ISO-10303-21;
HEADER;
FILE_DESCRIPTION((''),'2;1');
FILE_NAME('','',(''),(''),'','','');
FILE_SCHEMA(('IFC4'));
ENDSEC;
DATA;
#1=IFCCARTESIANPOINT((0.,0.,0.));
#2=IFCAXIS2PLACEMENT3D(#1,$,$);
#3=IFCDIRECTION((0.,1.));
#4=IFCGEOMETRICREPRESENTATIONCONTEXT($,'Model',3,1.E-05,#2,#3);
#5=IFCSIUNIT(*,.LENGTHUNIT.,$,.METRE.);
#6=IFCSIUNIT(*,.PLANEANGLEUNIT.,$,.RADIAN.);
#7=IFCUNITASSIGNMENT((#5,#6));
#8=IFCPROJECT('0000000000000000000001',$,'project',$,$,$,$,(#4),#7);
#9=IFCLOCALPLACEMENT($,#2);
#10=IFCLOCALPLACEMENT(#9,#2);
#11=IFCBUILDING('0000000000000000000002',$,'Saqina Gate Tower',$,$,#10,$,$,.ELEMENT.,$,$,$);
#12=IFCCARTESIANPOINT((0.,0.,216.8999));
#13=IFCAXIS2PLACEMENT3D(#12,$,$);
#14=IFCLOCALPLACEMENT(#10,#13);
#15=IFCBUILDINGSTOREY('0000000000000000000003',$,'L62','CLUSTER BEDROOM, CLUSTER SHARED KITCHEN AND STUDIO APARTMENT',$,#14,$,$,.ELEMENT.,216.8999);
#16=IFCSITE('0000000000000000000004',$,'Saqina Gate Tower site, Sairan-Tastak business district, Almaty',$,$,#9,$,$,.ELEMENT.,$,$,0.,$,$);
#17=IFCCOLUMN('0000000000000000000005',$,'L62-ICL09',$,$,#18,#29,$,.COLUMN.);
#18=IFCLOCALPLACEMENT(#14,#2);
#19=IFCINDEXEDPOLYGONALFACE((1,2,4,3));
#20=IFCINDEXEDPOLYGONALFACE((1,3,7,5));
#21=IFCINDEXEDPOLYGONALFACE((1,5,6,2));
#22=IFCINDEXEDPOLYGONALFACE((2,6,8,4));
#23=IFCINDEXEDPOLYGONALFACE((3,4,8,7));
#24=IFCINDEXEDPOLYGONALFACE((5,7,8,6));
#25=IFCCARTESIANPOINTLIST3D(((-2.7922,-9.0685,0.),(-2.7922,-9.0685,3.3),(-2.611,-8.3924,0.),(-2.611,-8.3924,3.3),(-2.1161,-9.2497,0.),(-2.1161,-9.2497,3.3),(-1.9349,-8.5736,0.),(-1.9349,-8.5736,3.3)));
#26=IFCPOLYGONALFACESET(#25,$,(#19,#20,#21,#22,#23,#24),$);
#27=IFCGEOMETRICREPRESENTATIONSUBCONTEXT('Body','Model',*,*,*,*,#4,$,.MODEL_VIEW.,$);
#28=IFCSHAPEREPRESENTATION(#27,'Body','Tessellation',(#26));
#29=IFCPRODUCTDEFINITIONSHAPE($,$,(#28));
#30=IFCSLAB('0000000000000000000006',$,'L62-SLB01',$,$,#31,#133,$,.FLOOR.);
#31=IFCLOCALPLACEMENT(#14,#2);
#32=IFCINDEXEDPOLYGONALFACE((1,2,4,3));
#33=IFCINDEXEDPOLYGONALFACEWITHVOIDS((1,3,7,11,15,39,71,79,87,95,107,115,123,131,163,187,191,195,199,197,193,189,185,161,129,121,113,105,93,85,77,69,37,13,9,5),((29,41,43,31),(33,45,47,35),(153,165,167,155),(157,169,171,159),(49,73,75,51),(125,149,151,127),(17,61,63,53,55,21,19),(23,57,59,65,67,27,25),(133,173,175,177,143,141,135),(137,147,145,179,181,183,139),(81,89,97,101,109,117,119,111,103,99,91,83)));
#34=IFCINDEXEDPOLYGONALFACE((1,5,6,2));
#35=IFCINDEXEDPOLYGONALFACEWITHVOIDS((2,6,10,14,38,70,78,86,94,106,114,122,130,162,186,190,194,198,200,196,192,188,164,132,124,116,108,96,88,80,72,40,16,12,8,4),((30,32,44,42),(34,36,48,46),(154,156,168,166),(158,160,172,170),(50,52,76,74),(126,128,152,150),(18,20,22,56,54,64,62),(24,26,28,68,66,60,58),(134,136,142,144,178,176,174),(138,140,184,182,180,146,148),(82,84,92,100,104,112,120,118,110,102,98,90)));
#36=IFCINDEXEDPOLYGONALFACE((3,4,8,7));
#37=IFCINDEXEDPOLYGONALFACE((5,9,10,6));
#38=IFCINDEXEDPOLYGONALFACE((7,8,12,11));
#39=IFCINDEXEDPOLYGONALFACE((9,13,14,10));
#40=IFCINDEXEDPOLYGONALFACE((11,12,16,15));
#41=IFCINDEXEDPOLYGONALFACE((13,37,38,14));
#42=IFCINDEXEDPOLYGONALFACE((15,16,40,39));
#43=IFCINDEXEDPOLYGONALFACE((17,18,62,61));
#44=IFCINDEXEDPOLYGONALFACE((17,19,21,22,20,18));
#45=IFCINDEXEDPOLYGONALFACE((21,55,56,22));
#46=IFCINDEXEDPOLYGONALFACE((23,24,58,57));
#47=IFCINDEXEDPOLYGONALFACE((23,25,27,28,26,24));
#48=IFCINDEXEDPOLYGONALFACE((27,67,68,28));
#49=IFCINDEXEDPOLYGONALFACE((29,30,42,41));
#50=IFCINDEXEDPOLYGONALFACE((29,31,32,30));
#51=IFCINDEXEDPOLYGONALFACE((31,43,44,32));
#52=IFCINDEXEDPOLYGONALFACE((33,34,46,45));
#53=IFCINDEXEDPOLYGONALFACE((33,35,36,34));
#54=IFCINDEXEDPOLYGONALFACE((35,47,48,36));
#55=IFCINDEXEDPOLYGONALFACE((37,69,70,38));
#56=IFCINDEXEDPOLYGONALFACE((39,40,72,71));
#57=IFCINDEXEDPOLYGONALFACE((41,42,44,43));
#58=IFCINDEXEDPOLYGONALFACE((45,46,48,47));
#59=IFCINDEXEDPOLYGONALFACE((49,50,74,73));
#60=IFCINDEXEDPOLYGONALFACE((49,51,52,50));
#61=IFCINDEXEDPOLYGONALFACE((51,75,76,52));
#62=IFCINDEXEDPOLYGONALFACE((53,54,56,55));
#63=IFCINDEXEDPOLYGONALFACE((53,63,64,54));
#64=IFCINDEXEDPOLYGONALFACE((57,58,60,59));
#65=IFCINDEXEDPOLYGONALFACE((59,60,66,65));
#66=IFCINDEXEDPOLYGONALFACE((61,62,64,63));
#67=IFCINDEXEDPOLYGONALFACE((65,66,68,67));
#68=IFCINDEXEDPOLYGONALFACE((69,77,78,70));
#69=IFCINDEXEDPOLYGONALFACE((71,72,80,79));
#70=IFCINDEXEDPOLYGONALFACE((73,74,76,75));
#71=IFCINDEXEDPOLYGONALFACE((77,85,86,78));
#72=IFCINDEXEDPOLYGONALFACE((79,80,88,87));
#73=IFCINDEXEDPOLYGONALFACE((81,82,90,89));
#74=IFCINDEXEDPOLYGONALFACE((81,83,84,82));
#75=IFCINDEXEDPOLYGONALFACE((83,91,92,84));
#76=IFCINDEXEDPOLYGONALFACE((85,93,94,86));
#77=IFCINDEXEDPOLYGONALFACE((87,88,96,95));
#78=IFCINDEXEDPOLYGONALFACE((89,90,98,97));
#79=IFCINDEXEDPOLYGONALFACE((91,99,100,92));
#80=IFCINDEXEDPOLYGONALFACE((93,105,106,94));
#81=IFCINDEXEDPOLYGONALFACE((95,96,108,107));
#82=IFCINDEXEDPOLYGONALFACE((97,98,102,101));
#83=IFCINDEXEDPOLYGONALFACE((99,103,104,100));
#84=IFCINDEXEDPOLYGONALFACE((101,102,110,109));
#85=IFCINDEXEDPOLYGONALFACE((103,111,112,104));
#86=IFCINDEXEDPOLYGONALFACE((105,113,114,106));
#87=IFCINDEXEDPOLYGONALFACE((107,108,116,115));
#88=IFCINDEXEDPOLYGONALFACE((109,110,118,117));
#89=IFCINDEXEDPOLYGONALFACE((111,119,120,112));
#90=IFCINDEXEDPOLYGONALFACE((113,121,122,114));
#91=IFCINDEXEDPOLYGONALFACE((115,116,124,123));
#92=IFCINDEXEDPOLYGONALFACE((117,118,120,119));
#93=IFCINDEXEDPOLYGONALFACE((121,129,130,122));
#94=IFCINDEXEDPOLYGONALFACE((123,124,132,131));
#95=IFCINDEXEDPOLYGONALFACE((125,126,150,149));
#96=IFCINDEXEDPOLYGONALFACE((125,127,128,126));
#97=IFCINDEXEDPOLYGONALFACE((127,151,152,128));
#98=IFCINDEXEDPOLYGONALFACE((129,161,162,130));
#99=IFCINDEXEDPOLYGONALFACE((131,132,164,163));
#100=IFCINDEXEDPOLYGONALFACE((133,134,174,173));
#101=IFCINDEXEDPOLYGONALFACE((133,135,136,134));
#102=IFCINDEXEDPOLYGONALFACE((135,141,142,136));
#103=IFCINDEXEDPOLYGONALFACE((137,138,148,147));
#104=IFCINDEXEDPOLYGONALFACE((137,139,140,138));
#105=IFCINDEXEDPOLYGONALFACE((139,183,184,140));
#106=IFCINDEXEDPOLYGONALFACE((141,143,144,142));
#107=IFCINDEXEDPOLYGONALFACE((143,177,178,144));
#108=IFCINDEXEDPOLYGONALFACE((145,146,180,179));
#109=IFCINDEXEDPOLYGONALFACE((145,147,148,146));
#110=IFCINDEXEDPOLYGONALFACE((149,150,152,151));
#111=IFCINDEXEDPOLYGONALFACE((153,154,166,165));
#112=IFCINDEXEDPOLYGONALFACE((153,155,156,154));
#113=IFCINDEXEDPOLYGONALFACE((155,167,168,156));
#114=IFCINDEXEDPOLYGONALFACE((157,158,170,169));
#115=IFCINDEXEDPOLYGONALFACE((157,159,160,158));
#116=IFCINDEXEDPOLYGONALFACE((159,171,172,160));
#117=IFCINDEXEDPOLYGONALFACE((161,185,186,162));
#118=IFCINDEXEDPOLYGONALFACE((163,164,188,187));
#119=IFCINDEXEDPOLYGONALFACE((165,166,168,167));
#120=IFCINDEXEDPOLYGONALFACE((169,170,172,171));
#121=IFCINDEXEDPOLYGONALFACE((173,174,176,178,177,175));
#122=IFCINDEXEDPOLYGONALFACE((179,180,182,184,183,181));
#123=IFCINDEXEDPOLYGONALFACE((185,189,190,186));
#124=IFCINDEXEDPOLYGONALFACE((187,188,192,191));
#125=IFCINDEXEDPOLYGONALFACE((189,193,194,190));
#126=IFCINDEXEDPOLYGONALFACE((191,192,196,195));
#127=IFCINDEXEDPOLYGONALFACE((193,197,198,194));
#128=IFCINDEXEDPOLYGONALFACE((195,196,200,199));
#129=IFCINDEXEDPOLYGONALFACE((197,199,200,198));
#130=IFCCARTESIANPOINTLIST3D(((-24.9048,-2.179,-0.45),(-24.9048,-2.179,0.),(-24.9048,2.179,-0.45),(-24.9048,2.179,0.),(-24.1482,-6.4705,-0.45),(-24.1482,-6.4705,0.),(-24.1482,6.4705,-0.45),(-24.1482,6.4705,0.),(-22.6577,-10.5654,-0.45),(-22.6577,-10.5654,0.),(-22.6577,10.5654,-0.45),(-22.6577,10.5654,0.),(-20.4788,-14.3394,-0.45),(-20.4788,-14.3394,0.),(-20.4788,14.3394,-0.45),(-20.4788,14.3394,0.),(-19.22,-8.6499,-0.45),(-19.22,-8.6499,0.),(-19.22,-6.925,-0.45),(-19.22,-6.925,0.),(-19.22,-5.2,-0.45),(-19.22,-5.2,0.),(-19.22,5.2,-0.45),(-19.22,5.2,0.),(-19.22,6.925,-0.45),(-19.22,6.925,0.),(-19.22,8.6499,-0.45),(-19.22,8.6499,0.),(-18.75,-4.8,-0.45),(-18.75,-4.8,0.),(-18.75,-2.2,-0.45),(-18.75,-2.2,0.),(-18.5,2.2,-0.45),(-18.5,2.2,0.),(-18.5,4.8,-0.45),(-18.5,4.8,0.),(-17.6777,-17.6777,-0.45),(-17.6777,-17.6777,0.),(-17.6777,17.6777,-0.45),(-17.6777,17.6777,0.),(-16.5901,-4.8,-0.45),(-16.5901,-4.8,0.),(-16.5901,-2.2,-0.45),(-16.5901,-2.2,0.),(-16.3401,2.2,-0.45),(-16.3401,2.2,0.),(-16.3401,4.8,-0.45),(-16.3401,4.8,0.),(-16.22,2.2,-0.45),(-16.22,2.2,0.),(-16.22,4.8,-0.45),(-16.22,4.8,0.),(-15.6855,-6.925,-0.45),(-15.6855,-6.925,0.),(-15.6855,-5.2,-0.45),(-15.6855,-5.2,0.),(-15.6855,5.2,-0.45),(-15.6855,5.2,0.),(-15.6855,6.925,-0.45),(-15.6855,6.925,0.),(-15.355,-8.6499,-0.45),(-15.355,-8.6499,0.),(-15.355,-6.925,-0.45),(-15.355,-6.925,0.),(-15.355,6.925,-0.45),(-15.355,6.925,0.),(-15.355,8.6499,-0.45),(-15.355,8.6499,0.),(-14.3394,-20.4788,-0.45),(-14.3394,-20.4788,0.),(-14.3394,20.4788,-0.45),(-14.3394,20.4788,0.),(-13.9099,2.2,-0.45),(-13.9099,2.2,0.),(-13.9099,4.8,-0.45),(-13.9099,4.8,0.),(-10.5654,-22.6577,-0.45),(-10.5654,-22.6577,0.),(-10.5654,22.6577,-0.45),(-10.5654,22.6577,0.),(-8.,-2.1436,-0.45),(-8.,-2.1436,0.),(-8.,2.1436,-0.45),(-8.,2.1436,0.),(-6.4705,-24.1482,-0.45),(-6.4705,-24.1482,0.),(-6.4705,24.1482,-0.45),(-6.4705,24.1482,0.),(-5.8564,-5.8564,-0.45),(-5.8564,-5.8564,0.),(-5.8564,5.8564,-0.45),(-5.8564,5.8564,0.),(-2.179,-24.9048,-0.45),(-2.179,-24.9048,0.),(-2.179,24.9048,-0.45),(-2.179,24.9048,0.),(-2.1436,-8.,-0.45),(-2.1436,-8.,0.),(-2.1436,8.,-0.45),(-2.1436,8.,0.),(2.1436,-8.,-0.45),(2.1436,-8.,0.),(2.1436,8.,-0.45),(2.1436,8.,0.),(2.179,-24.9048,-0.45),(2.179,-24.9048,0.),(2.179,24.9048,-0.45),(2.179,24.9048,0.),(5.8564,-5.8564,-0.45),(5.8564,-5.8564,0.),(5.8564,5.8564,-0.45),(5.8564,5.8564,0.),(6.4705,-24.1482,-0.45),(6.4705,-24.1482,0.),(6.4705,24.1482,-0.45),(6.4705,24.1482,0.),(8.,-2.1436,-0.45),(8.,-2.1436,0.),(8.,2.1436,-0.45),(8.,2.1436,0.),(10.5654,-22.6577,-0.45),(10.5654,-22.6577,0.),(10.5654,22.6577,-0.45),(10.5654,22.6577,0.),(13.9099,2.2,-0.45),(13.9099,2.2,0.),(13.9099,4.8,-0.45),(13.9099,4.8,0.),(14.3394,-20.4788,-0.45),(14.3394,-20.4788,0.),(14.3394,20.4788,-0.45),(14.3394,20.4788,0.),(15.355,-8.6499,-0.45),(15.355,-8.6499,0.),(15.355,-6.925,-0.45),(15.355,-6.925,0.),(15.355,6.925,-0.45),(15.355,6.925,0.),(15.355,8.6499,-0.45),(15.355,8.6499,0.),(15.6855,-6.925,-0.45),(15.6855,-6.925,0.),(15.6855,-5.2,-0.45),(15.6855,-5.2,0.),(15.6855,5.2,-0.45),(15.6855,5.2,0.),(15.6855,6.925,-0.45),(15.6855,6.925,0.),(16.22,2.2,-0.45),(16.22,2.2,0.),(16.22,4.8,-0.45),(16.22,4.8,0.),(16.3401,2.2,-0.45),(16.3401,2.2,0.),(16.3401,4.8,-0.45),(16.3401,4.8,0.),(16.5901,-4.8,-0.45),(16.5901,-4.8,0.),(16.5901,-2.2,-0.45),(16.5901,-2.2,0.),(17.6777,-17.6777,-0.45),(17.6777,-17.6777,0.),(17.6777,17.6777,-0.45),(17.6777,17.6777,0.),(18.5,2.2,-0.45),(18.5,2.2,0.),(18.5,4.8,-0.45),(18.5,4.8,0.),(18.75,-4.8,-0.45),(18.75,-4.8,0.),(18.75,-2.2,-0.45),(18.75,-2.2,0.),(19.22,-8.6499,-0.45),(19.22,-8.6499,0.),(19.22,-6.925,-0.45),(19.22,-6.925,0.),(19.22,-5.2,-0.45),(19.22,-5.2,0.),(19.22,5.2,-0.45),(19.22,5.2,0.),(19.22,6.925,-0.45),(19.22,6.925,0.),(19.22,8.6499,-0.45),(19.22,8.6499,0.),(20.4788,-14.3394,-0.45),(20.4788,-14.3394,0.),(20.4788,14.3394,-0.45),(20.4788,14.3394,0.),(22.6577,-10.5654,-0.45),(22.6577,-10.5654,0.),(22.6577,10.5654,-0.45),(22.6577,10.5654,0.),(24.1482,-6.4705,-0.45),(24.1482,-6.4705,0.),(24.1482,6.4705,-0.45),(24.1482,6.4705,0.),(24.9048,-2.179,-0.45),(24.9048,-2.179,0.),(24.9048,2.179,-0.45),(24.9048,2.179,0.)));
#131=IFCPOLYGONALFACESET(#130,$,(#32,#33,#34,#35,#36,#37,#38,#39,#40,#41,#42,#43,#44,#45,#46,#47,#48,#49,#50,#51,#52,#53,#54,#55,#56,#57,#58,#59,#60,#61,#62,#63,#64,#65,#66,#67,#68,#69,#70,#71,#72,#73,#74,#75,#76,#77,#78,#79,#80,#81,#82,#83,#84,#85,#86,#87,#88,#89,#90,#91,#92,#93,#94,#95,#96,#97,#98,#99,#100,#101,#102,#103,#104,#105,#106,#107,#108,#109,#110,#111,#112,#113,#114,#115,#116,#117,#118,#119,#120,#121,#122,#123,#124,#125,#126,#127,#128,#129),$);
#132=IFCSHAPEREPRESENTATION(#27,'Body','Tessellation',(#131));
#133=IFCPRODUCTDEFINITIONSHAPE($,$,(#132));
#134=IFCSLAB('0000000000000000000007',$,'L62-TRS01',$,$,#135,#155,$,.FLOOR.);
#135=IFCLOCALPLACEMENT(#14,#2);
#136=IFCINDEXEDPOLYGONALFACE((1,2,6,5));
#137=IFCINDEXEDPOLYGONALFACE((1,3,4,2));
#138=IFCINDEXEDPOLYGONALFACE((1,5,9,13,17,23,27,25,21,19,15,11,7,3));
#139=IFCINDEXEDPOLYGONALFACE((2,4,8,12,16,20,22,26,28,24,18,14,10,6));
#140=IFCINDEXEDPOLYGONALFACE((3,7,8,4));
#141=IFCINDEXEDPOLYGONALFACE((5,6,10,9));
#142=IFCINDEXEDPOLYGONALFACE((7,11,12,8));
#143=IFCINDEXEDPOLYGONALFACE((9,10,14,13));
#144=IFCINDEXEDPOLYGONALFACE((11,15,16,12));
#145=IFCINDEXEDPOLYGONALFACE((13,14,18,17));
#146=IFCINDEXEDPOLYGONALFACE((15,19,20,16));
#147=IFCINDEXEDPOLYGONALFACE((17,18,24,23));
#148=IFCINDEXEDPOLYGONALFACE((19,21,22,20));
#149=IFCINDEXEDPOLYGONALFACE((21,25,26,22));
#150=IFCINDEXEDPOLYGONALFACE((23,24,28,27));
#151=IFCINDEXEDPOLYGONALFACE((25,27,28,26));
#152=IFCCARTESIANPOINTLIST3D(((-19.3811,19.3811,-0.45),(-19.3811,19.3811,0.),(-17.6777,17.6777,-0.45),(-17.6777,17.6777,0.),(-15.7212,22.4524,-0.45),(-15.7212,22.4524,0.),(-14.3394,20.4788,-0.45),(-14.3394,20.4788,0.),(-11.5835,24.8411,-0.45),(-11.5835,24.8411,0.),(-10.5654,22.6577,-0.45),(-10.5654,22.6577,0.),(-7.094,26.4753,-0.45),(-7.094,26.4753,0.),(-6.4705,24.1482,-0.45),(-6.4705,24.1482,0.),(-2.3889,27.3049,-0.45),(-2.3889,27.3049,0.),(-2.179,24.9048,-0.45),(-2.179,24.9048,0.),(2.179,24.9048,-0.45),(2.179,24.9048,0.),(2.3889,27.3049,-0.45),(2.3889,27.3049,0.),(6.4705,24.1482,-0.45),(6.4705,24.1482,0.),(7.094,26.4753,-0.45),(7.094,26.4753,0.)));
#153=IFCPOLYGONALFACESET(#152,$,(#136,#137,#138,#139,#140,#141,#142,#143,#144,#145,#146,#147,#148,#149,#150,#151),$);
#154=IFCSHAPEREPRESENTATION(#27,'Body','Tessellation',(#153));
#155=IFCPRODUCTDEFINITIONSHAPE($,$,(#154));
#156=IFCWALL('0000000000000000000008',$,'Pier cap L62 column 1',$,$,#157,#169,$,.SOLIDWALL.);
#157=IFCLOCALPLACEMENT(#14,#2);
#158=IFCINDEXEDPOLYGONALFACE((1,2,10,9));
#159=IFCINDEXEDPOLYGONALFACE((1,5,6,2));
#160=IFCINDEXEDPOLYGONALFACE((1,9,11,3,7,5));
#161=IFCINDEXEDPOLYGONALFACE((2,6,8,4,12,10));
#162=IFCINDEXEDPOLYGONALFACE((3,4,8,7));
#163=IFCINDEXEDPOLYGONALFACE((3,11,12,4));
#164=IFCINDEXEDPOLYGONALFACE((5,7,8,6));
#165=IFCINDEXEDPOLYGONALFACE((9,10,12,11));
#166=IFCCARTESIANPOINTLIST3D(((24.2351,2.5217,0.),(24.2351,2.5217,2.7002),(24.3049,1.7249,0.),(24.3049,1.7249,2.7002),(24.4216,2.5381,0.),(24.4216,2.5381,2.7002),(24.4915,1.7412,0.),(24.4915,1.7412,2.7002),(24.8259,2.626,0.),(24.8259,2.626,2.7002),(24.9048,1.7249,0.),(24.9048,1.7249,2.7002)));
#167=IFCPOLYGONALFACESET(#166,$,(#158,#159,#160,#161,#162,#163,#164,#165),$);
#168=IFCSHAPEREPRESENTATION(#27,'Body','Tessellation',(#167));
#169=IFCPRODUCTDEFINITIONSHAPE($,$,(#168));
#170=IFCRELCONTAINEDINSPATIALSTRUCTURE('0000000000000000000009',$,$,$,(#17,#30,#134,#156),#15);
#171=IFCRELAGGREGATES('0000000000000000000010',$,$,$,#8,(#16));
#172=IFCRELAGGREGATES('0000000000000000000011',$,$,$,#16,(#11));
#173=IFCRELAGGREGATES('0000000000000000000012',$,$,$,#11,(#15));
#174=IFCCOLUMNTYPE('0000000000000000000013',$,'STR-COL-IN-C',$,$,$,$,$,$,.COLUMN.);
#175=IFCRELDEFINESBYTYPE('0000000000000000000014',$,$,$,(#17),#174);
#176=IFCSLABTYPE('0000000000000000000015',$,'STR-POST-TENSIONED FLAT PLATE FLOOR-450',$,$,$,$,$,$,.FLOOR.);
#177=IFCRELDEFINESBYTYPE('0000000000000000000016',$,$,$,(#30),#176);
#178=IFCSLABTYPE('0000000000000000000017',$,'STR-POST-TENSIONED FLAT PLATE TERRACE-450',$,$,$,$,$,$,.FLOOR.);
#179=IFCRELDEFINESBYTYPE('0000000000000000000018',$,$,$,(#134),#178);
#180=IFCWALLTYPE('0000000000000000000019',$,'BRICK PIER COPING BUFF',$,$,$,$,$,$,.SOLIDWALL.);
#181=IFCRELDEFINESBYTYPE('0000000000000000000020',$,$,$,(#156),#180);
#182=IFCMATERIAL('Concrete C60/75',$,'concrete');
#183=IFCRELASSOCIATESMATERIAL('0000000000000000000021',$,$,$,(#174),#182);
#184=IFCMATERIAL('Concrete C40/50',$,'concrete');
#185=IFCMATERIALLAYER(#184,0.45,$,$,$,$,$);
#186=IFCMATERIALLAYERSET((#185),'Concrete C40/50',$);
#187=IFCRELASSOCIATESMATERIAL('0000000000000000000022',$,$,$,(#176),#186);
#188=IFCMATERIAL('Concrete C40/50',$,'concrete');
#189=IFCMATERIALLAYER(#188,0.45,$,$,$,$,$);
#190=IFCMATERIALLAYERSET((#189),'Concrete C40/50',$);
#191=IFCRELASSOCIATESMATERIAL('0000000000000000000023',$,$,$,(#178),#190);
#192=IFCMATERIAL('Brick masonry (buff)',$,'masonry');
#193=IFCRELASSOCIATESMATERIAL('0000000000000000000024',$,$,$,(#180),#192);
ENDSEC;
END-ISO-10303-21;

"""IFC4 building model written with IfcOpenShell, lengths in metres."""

from ifc_helpers import new_model, si_unit, direction, frame, origin, origin_2d, place, context, subcontext, project, spatial, polyline, rectangle, outline, extrude, material, layer, layer_set, material_profile, profile_set, type_object, element, save


model = new_model("IFC4")

# Units and contexts
model_context = context("Model", 3, precision=1e-05, world=origin(), true_north=direction((0.0, 1.0)))
body_context = subcontext(model_context, "Body", "Model", "MODEL_VIEW")
ifc_project = project(units=[si_unit("LENGTHUNIT", "METRE"), si_unit("PLANEANGLEUNIT", "RADIAN")], contexts=[model_context])

# Site, building, storey
site_placement = place(None, origin())
site = spatial("IfcSite", under=ifc_project, at=site_placement, Name="Saqina Gate Tower site, Sairan-Tastak business district, Almaty", CompositionType="ELEMENT", RefElevation=0.0)
building_placement = place(site_placement, origin())
building = spatial("IfcBuilding", under=site, at=building_placement, Name="Saqina Gate Tower", CompositionType="ELEMENT")
storey_placement = place(building_placement, frame((0.0, 0.0, 216.8999)))
storey = spatial("IfcBuildingStorey", under=building, at=storey_placement, Name="L62", Description="CLUSTER BEDROOM, CLUSTER SHARED KITCHEN AND STUDIO APARTMENT", CompositionType="ELEMENT", Elevation=216.8999)

# Column
ifc_material_1 = material(Name="Concrete C60/75", Category="concrete")
ifc_material_profile = material_profile(ifc_material_1, rectangle(XDim=0.7, YDim=0.7, at=origin_2d()), Name="RC 700x700")
ifc_profile_set = profile_set([ifc_material_profile], Name="Concrete C60/75")
column_type = type_object("IfcColumnType", Name="STR-COL-IN-C", PredefinedType="COLUMN", material=ifc_profile_set)
column_placement = place(storey_placement, frame((-2.3635, -8.821, 0.0), z_axis=(0.0, 0.0, 1.0), x_axis=(-0.258819, -0.965926, 0.0)))
element("IfcColumn", 1, at=column_placement, inside=storey, type_object=column_type, Name="L62-ICL09", PredefinedType="COLUMN", context=body_context, shape_type="SweptSolid", body=[
    extrude(rectangle(XDim=0.7, YDim=0.7, at=origin_2d()), origin(), (0.0, 0.0, 1.0), 3.3),
])

# Slabs
ifc_material_2 = material(Name="Concrete C40/50", Category="concrete")
ifc_layer_1 = layer(ifc_material_2, 0.45)
ifc_layer_set_1 = layer_set([ifc_layer_1], Name="Concrete C40/50")
slab_type_1 = type_object("IfcSlabType", Name="STR-POST-TENSIONED FLAT PLATE FLOOR-450", PredefinedType="FLOOR", material=ifc_layer_set_1)
slab_1_placement = place(storey_placement, frame((0.0, 0.0, -0.45)))
element("IfcSlab", 2, at=slab_1_placement, inside=storey, type_object=slab_type_1, Name="L62-SLB01", PredefinedType="FLOOR", context=body_context, shape_type="SweptSolid", body=[
    extrude(outline(polyline([(24.1482, -6.4705), (24.9048, -2.179), (24.9048, 2.179), (24.1482, 6.4705), (22.6577, 10.5654), (20.4788, 14.3394), (17.6777, 17.6777), (14.3394, 20.4788), (10.5654, 22.6577), (6.4705, 24.1482), (2.179, 24.9048), (-2.179, 24.9048), (-6.4705, 24.1482), (-10.5654, 22.6577), (-14.3394, 20.4788), (-17.6777, 17.6777), (-20.4788, 14.3394), (-22.6577, 10.5654), (-24.1482, 6.4705), (-24.9048, 2.179), (-24.9048, -2.179), (-24.1482, -6.4705), (-22.6577, -10.5654), (-20.4788, -14.3394), (-17.6777, -17.6777), (-14.3394, -20.4788), (-10.5654, -22.6577), (-6.4705, -24.1482), (-2.179, -24.9048), (2.179, -24.9048), (6.4705, -24.1482), (10.5654, -22.6577), (14.3394, -20.4788), (17.6777, -17.6777), (20.4788, -14.3394), (22.6577, -10.5654), (24.1482, -6.4705)]), holes=[polyline([(2.1436, 8.0), (5.8564, 5.8564), (8.0, 2.1436), (8.0, -2.1436), (5.8564, -5.8564), (2.1436, -8.0), (-2.1436, -8.0), (-5.8564, -5.8564), (-8.0, -2.1436), (-8.0, 2.1436), (-5.8564, 5.8564), (-2.1436, 8.0), (2.1436, 8.0)]), polyline([(-15.355, -8.6499), (-19.22, -8.6499), (-19.22, -6.925), (-19.22, -5.2), (-15.6855, -5.2), (-15.6855, -6.925), (-15.355, -6.925), (-15.355, -8.6499)]), polyline([(-16.5901, -2.2), (-16.5901, -4.8), (-18.75, -4.8), (-18.75, -2.2), (-16.5901, -2.2)]), polyline([(-16.3401, 4.8), (-16.3401, 2.2), (-18.5, 2.2), (-18.5, 4.8), (-16.3401, 4.8)]), polyline([(-13.9099, 4.8), (-13.9099, 2.2), (-16.22, 2.2), (-16.22, 4.8), (-13.9099, 4.8)]), polyline([(-19.22, 6.925), (-19.22, 8.6499), (-15.355, 8.6499), (-15.355, 6.925), (-15.6855, 6.925), (-15.6855, 5.2), (-19.22, 5.2), (-19.22, 6.925)]), polyline([(15.355, -8.6499), (15.355, -6.925), (15.6855, -6.925), (15.6855, -5.2), (19.22, -5.2), (19.22, -6.925), (19.22, -8.6499), (15.355, -8.6499)]), polyline([(18.75, -2.2), (18.75, -4.8), (16.5901, -4.8), (16.5901, -2.2), (18.75, -2.2)]), polyline([(16.22, 4.8), (16.22, 2.2), (13.9099, 2.2), (13.9099, 4.8), (16.22, 4.8)]), polyline([(18.5, 4.8), (18.5, 2.2), (16.3401, 2.2), (16.3401, 4.8), (18.5, 4.8)]), polyline([(15.6855, 6.925), (15.355, 6.925), (15.355, 8.6499), (19.22, 8.6499), (19.22, 6.925), (19.22, 5.2), (15.6855, 5.2), (15.6855, 6.925)])]), origin(), (0.0, 0.0, 1.0), 0.45),
])
ifc_material_3 = material(Name="Concrete C40/50", Category="concrete")
ifc_layer_2 = layer(ifc_material_3, 0.45)
ifc_layer_set_2 = layer_set([ifc_layer_2], Name="Concrete C40/50")
slab_type_2 = type_object("IfcSlabType", Name="STR-POST-TENSIONED FLAT PLATE TERRACE-450", PredefinedType="FLOOR", material=ifc_layer_set_2)
slab_2_placement = place(storey_placement, frame((0.0, 0.0, -0.45)))
element("IfcSlab", 3, at=slab_2_placement, inside=storey, type_object=slab_type_2, Name="L62-TRS01", PredefinedType="FLOOR", context=body_context, shape_type="SweptSolid", body=[
    extrude(outline(polyline([(6.4705, 24.1482), (2.179, 24.9048), (-2.179, 24.9048), (-6.4705, 24.1482), (-10.5654, 22.6577), (-14.3394, 20.4788), (-17.6777, 17.6777), (-19.3811, 19.3811), (-15.7212, 22.4524), (-11.5835, 24.8411), (-7.094, 26.4753), (-2.3889, 27.3049), (2.3889, 27.3049), (7.094, 26.4753), (6.4705, 24.1482)])), origin(), (0.0, 0.0, 1.0), 0.45),
])

# Wall
ifc_material_4 = material(Name="Brick masonry (buff)", Category="masonry")
wall_type_1 = type_object("IfcWallType", Name="BRICK PIER COPING BUFF", PredefinedType="SOLIDWALL", material=ifc_material_4)
wall_1_placement = place(storey_placement, origin())
element("IfcWall", 4, at=wall_1_placement, inside=storey, type_object=wall_type_1, Name="Pier cap L62 column 1", PredefinedType="SOLIDWALL", context=body_context, shape_type="SweptSolid", body=[
    extrude(outline(polyline([(24.9048, 1.7249), (24.8259, 2.626), (24.2351, 2.5217), (24.4216, 2.5381), (24.4915, 1.7412), (24.3049, 1.7249), (24.9048, 1.7249)])), origin(), (0.0, 0.0, 1.0), 2.7002),
])

save(model, "model.ifc")
